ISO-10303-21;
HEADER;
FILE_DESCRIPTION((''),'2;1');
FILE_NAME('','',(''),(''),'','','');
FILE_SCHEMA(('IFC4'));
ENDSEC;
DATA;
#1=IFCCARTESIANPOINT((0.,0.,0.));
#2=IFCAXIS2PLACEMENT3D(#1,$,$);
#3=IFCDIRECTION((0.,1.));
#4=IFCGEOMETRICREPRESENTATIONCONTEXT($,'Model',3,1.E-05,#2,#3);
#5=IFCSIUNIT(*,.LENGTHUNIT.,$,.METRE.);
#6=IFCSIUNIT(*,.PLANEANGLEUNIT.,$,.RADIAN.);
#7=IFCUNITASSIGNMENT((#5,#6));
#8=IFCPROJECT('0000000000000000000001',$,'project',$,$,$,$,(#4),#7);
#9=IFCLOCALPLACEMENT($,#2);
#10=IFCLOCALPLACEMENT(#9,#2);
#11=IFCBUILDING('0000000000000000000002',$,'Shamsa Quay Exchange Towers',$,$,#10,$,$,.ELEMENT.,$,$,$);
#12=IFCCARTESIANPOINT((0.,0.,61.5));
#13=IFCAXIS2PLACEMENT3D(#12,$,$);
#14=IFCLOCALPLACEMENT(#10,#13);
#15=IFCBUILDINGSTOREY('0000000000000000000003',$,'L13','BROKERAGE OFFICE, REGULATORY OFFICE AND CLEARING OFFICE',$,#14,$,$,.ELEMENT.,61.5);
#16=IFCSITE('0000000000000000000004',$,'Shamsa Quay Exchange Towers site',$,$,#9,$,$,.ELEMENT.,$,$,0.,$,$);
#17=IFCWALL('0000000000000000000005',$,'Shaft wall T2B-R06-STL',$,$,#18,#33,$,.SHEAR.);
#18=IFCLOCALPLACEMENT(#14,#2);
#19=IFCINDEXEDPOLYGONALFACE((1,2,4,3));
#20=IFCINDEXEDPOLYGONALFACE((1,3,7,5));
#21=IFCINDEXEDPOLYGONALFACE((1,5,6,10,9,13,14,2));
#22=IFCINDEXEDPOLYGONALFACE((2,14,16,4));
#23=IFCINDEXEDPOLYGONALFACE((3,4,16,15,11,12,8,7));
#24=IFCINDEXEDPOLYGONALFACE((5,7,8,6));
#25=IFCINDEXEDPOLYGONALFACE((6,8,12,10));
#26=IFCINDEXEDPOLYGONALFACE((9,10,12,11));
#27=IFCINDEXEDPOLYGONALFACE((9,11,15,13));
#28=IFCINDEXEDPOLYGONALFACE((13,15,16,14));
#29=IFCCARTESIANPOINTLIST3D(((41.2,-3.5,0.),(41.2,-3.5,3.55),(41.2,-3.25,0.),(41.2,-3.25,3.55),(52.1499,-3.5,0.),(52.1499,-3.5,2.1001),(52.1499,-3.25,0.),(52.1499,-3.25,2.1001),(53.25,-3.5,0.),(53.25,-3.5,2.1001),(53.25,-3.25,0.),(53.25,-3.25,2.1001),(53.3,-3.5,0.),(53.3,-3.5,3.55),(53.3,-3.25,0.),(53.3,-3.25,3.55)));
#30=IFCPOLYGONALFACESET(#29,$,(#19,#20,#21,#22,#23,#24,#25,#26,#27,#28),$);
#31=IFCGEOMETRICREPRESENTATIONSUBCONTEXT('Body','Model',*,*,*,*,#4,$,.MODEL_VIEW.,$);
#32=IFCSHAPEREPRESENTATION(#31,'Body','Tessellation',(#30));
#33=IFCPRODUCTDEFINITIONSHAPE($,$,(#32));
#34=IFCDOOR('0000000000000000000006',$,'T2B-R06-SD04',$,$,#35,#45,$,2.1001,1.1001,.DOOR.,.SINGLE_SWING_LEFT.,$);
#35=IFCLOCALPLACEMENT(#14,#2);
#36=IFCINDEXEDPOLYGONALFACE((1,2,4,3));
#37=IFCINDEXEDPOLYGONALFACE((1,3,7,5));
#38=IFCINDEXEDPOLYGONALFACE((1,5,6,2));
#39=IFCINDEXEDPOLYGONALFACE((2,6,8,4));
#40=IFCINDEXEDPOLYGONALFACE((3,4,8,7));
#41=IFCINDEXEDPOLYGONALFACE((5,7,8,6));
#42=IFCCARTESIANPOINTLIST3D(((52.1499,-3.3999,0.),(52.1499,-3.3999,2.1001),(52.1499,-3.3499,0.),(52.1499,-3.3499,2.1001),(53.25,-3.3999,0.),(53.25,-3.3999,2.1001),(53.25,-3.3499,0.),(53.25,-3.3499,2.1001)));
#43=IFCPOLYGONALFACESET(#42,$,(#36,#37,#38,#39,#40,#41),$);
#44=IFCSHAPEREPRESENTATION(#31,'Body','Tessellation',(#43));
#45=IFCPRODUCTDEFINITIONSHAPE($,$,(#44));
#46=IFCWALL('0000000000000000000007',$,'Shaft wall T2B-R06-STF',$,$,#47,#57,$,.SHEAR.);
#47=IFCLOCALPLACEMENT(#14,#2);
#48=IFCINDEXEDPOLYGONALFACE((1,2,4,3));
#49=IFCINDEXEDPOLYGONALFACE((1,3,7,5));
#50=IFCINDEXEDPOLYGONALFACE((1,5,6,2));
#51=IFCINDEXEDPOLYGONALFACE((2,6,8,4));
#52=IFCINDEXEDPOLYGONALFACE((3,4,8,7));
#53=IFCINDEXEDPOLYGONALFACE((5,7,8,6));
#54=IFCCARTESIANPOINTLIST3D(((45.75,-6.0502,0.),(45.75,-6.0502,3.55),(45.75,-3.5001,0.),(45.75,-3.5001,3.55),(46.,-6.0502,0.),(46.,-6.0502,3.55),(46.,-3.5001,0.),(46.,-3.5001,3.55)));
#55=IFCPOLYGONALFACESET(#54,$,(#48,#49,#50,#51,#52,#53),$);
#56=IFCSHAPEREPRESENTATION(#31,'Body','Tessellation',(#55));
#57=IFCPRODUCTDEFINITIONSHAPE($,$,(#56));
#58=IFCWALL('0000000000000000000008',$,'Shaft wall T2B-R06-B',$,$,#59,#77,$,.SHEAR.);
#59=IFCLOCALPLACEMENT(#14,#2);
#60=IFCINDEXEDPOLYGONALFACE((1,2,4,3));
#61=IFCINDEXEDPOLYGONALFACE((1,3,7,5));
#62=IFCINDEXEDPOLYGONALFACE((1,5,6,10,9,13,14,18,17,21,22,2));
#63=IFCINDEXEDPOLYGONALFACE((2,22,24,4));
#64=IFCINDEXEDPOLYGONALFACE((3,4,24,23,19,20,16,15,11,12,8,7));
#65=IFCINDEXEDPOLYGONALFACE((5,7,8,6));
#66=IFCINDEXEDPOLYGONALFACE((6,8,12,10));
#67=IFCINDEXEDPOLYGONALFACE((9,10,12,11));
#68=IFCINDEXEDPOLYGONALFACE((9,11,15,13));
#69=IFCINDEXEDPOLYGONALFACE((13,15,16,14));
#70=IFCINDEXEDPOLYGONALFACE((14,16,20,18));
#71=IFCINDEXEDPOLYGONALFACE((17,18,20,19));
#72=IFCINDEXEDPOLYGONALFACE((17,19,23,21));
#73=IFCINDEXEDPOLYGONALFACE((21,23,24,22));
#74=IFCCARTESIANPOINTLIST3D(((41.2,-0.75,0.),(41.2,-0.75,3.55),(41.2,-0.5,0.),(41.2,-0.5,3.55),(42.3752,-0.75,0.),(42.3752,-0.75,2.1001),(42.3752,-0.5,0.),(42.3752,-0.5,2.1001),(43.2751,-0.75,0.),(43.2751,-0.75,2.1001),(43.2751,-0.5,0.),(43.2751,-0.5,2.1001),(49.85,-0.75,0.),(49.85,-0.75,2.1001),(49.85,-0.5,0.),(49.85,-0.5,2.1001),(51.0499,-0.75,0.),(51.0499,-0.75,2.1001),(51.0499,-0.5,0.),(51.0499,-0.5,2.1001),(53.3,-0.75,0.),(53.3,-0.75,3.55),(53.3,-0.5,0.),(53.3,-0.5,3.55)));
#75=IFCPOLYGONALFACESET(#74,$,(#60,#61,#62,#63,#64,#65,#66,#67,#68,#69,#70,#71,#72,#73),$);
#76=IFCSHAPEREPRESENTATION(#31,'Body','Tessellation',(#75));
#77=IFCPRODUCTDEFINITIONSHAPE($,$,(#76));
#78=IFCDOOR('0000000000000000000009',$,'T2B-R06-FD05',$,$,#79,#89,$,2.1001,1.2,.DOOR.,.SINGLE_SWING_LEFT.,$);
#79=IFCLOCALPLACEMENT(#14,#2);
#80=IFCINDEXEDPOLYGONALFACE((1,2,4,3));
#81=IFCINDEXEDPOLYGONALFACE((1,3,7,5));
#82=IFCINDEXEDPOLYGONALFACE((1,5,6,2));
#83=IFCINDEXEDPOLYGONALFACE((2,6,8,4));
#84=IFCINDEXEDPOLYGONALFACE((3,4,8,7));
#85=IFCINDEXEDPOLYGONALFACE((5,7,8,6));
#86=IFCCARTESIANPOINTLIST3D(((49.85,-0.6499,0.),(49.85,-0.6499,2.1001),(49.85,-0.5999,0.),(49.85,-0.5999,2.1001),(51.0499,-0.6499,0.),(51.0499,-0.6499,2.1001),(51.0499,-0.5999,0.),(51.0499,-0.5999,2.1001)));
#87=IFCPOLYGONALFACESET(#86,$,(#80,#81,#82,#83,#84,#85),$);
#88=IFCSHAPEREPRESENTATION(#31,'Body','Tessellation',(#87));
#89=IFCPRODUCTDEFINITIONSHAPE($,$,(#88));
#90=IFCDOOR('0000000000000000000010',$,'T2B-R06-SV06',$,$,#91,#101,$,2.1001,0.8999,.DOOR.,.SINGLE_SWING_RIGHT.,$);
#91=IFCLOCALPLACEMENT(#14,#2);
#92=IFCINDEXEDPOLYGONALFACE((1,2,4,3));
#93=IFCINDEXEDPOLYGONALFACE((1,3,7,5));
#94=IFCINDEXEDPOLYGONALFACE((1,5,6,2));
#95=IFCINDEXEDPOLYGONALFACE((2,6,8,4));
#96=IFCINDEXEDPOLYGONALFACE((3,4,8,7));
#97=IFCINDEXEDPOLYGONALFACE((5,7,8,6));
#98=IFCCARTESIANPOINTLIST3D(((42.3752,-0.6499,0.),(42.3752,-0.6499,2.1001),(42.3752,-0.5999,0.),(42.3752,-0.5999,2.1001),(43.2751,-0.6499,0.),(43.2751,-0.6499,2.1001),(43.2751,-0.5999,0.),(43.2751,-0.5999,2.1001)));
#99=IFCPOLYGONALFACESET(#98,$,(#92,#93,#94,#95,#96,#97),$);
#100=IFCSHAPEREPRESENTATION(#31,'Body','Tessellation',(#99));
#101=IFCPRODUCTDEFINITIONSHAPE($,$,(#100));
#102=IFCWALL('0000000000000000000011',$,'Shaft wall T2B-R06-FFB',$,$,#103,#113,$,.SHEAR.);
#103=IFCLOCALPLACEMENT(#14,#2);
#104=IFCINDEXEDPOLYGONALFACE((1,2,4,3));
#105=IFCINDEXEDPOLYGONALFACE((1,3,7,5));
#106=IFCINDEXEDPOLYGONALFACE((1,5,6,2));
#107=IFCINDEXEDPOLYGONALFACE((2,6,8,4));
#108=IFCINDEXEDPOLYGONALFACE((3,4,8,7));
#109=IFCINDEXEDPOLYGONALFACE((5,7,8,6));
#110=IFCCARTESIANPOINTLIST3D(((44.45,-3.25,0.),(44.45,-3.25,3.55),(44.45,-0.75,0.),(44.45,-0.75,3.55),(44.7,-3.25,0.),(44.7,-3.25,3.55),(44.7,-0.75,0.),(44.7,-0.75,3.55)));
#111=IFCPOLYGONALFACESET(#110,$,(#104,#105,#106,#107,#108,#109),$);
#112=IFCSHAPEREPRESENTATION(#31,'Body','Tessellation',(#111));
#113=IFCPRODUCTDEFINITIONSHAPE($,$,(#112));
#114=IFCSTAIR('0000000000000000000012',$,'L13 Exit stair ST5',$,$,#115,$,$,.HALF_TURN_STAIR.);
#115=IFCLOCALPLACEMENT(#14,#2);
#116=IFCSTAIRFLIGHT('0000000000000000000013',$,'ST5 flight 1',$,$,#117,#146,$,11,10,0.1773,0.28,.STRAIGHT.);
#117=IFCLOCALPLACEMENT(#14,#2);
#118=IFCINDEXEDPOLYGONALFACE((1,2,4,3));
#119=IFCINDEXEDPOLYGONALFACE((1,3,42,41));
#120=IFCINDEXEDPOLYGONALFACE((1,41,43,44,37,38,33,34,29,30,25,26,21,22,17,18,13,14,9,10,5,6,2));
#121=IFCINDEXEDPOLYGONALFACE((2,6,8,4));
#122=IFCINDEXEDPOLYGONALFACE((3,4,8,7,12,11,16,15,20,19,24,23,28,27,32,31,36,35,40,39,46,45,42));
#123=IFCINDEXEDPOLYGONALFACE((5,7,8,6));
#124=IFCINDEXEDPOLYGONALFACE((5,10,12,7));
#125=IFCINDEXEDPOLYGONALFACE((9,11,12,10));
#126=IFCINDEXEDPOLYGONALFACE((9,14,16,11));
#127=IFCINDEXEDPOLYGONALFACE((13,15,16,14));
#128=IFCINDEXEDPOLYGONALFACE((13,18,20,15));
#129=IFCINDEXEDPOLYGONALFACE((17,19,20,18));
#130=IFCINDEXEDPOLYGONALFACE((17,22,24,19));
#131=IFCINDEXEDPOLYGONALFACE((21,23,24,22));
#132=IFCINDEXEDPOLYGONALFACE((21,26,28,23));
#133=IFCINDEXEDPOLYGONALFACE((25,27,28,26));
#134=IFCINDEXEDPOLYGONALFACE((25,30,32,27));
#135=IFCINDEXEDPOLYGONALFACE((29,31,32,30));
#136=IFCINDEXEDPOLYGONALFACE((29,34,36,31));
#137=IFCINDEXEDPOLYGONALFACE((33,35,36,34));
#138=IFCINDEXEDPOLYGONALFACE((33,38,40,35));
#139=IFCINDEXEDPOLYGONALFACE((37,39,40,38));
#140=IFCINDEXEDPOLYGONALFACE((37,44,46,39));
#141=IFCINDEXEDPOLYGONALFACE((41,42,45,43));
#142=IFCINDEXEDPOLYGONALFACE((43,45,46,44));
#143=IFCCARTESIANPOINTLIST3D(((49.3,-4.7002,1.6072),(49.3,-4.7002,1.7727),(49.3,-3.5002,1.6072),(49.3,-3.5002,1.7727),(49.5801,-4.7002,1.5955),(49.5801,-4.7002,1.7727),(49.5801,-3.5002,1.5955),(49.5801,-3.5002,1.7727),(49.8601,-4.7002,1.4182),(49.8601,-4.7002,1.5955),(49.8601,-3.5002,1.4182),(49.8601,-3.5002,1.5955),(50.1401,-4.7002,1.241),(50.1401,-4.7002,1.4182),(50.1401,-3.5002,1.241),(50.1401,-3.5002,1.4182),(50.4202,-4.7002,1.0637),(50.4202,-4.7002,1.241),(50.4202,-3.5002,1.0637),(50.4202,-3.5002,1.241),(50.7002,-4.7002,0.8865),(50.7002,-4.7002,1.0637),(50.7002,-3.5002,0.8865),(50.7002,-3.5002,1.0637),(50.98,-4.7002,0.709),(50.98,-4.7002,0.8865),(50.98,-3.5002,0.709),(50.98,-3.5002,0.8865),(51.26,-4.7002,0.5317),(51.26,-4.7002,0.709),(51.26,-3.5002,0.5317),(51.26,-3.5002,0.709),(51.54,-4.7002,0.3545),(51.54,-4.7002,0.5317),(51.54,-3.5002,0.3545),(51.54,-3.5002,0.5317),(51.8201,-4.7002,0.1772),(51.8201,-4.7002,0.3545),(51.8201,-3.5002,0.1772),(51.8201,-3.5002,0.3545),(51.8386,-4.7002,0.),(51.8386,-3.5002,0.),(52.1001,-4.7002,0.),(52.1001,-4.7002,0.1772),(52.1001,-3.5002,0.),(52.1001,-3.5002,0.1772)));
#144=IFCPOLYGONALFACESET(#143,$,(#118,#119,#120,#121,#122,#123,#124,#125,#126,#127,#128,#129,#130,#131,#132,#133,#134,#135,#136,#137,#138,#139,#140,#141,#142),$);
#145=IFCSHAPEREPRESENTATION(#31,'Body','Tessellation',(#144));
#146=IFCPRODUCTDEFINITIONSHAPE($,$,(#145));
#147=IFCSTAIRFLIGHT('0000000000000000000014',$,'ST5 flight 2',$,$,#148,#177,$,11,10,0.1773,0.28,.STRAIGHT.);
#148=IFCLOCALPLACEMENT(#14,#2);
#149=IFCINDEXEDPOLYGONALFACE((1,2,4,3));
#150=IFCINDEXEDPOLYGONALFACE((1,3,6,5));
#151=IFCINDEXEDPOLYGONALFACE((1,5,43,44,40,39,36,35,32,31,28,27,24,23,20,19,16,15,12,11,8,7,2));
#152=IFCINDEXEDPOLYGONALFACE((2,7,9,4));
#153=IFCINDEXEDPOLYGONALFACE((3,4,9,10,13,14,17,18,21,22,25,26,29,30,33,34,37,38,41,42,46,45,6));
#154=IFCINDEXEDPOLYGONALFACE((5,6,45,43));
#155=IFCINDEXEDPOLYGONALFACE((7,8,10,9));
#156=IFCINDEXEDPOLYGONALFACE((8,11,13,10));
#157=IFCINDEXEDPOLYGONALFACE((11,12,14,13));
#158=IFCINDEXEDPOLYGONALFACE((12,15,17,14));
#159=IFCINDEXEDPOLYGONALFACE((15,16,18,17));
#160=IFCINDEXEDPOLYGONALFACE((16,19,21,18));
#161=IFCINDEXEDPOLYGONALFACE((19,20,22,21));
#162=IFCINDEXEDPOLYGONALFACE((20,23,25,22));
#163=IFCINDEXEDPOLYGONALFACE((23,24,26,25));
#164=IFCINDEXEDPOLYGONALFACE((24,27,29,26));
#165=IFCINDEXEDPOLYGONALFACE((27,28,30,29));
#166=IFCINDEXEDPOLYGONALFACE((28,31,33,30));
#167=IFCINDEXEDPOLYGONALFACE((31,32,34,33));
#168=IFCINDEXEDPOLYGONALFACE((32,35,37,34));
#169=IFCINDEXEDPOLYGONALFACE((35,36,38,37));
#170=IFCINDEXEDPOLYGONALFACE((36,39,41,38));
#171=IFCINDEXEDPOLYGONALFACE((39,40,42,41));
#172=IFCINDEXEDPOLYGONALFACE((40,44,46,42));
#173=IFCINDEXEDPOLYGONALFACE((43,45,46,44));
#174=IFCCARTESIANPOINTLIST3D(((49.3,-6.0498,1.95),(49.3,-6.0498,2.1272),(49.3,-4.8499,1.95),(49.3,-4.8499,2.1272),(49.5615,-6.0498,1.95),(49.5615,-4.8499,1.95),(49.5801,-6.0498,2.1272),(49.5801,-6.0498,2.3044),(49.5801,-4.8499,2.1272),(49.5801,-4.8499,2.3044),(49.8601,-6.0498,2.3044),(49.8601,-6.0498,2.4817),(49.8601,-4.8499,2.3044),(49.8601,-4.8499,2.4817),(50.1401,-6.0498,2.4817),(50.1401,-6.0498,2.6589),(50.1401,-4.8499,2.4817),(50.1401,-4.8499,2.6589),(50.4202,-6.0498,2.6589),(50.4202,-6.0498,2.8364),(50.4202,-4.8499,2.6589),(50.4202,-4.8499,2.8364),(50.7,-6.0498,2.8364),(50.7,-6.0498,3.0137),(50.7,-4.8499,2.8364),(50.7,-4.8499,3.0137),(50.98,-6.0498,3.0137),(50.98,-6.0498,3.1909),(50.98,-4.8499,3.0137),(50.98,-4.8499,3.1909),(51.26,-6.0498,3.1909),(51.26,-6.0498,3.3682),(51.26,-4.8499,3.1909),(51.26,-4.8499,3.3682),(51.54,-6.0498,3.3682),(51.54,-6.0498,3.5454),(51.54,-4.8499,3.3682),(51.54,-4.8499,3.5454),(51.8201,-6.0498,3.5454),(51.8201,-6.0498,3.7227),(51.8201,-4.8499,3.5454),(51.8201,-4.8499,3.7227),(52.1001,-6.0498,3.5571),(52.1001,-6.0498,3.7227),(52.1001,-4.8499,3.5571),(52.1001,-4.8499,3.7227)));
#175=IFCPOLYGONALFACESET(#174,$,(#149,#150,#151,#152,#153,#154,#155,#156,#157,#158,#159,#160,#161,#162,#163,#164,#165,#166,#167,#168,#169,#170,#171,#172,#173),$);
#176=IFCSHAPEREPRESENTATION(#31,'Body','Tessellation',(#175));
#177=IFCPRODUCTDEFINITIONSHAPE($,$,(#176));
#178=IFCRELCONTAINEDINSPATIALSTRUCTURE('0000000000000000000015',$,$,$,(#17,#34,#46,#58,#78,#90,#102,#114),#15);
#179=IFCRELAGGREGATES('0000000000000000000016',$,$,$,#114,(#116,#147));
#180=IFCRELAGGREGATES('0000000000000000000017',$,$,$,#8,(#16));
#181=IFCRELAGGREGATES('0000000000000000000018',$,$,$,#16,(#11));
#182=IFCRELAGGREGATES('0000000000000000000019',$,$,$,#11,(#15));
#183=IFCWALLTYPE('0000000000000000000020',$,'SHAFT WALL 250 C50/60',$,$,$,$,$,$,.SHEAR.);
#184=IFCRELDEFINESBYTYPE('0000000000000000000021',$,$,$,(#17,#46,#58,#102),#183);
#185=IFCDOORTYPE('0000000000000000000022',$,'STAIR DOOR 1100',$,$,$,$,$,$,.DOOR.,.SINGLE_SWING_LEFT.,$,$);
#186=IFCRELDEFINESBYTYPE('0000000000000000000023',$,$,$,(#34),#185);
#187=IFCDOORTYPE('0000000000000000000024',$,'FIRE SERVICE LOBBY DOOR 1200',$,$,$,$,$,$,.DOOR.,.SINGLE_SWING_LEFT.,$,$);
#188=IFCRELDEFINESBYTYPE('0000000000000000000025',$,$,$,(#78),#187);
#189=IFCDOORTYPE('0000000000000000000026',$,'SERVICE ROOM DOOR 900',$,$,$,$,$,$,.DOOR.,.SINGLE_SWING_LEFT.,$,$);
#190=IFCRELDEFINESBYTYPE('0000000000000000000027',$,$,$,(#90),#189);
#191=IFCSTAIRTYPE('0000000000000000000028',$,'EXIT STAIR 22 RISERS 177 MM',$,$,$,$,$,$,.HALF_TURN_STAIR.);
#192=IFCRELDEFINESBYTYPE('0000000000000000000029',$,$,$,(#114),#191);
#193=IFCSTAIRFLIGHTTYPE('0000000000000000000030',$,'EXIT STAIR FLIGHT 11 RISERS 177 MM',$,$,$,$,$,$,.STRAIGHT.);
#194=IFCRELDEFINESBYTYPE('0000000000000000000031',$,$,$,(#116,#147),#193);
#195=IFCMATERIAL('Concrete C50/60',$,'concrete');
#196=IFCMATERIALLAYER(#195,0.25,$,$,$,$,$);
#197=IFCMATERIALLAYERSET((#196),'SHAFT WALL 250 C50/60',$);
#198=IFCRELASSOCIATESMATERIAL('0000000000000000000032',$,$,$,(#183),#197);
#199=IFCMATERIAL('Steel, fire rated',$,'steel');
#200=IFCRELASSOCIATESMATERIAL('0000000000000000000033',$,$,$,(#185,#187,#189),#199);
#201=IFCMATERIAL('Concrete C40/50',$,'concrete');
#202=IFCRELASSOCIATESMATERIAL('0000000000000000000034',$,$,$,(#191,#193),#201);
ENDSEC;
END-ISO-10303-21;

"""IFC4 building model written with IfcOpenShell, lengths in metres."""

from ifc_helpers import new_model, si_unit, direction, frame, frame_2d, origin, place, context, subcontext, project, spatial, polyline, rectangle, outline, extrude, material, layer, layer_set, type_object, element, fill, aggregate, save


model = new_model("IFC4")

# Units and contexts
model_context = context("Model", 3, precision=1e-05, world=origin(), true_north=direction((0.0, 1.0)))
body_context = subcontext(model_context, "Body", "Model", "MODEL_VIEW")
ifc_project = project(units=[si_unit("LENGTHUNIT", "METRE"), si_unit("PLANEANGLEUNIT", "RADIAN")], contexts=[model_context])

# Site, building, storey
site_placement = place(None, origin())
site = spatial("IfcSite", under=ifc_project, at=site_placement, Name="Shamsa Quay Exchange Towers site", CompositionType="ELEMENT", RefElevation=0.0)
building_placement = place(site_placement, origin())
building = spatial("IfcBuilding", under=site, at=building_placement, Name="Shamsa Quay Exchange Towers", CompositionType="ELEMENT")
storey_placement = place(building_placement, frame((0.0, 0.0, 61.5)))
storey = spatial("IfcBuildingStorey", under=building, at=storey_placement, Name="L13", Description="BROKERAGE OFFICE, REGULATORY OFFICE AND CLEARING OFFICE", CompositionType="ELEMENT", Elevation=61.5)

# Shared definitions
ifc_material_1 = material(Name="Steel, fire rated", Category="steel")

# Wall, opening, door
ifc_material_2 = material(Name="Concrete C50/60", Category="concrete")
ifc_layer_1 = layer(ifc_material_2, 0.25)
ifc_layer_set_1 = layer_set([ifc_layer_1], Name="SHAFT WALL 250 C50/60")
wall_type_1 = type_object("IfcWallType", Name="SHAFT WALL 250 C50/60", PredefinedType="SHEAR", material=ifc_layer_set_1)
wall_1_placement = place(storey_placement, frame((53.3, -3.375, 0.0), z_axis=(0.0, 0.0, 1.0), x_axis=(-1.0, 0.0, 0.0)))
wall_1 = element("IfcWall", 1, at=wall_1_placement, inside=storey, type_object=wall_type_1, Name="Shaft wall T2B-R06-STL", PredefinedType="SHEAR", context=body_context, shape_type="SweptSolid", body=[
    extrude(rectangle(XDim=12.1001, YDim=0.25, at=frame_2d((6.05, 0.0))), origin(), (0.0, 0.0, 1.0), 3.55),
])
opening_1_placement = place(wall_1_placement, frame((0.05, 0.0, 0.0)))
opening_1 = element("IfcOpeningElement", 2, at=opening_1_placement, cuts=wall_1, PredefinedType="OPENING", context=body_context, shape_type="SweptSolid", body=[
    extrude(rectangle(XDim=1.1001, YDim=2.1001, at=frame_2d((0.55, 1.05))), frame((0.0, 0.135, 0.0), z_axis=(0.0, -1.0, 0.0), x_axis=(1.0, 0.0, 0.0)), (0.0, 0.0, 1.0), 0.27),
])
door_type_1 = type_object("IfcDoorType", Name="STAIR DOOR 1100", OperationType="SINGLE_SWING_LEFT", PredefinedType="DOOR", material=ifc_material_1)
door_1_placement = place(opening_1_placement, origin())
door_1 = element("IfcDoor", 3, at=door_1_placement, inside=storey, type_object=door_type_1, Name="T2B-R06-SD04", OperationType="SINGLE_SWING_LEFT", OverallHeight=2.1001, OverallWidth=1.1001, PredefinedType="DOOR", context=body_context, shape_type="SweptSolid", body=[
    extrude(rectangle(XDim=1.1001, YDim=2.1001, at=frame_2d((0.55, 1.05))), frame((0.0, 0.0249, 0.0), z_axis=(0.0, -1.0, 0.0), x_axis=(1.0, 0.0, 0.0)), (0.0, 0.0, 1.0), 0.05),
])
fill(opening_1, door_1)

# Wall
wall_2_placement = place(storey_placement, frame((45.875, -6.05, 0.0), z_axis=(0.0, 0.0, 1.0), x_axis=(0.0, 1.0, 0.0)))
element("IfcWall", 4, at=wall_2_placement, inside=storey, type_object=wall_type_1, Name="Shaft wall T2B-R06-STF", PredefinedType="SHEAR", context=body_context, shape_type="SweptSolid", body=[
    extrude(rectangle(XDim=2.55, YDim=0.25, at=frame_2d((1.2749, 0.0))), origin(), (0.0, 0.0, 1.0), 3.55),
])

# Wall, openings, doors
wall_3_placement = place(storey_placement, frame((53.3, -0.625, 0.0), z_axis=(0.0, 0.0, 1.0), x_axis=(-1.0, 0.0, 0.0)))
wall_3 = element("IfcWall", 5, at=wall_3_placement, inside=storey, type_object=wall_type_1, Name="Shaft wall T2B-R06-B", PredefinedType="SHEAR", context=body_context, shape_type="SweptSolid", body=[
    extrude(rectangle(XDim=12.1001, YDim=0.25, at=frame_2d((6.05, 0.0))), origin(), (0.0, 0.0, 1.0), 3.55),
])
opening_2_placement = place(wall_3_placement, frame((2.25, 0.0, 0.0)))
opening_2 = element("IfcOpeningElement", 6, at=opening_2_placement, cuts=wall_3, PredefinedType="OPENING", context=body_context, shape_type="SweptSolid", body=[
    extrude(rectangle(XDim=1.2, YDim=2.1001, at=frame_2d((0.6001, 1.05))), frame((0.0, 0.135, 0.0), z_axis=(0.0, -1.0, 0.0), x_axis=(1.0, 0.0, 0.0)), (0.0, 0.0, 1.0), 0.27),
])
opening_3_placement = place(wall_3_placement, frame((10.0249, 0.0, 0.0)))
opening_3 = element("IfcOpeningElement", 7, at=opening_3_placement, cuts=wall_3, PredefinedType="OPENING", context=body_context, shape_type="SweptSolid", body=[
    extrude(rectangle(XDim=0.8999, YDim=2.1001, at=frame_2d((0.45, 1.05))), frame((0.0, 0.135, 0.0), z_axis=(0.0, -1.0, 0.0), x_axis=(1.0, 0.0, 0.0)), (0.0, 0.0, 1.0), 0.27),
])
door_type_2 = type_object("IfcDoorType", Name="FIRE SERVICE LOBBY DOOR 1200", OperationType="SINGLE_SWING_LEFT", PredefinedType="DOOR", material=ifc_material_1)
door_2_placement = place(opening_2_placement, origin())
door_2 = element("IfcDoor", 8, at=door_2_placement, inside=storey, type_object=door_type_2, Name="T2B-R06-FD05", OperationType="SINGLE_SWING_LEFT", OverallHeight=2.1001, OverallWidth=1.2, PredefinedType="DOOR", context=body_context, shape_type="SweptSolid", body=[
    extrude(rectangle(XDim=1.2, YDim=2.1001, at=frame_2d((0.6001, 1.05))), frame((0.0, 0.0249, 0.0), z_axis=(0.0, -1.0, 0.0), x_axis=(1.0, 0.0, 0.0)), (0.0, 0.0, 1.0), 0.05),
])
fill(opening_2, door_2)
door_type_3 = type_object("IfcDoorType", Name="SERVICE ROOM DOOR 900", OperationType="SINGLE_SWING_LEFT", PredefinedType="DOOR", material=ifc_material_1)
door_3_placement = place(opening_3_placement, origin())
door_3 = element("IfcDoor", 9, at=door_3_placement, inside=storey, type_object=door_type_3, Name="T2B-R06-SV06", OperationType="SINGLE_SWING_RIGHT", OverallHeight=2.1001, OverallWidth=0.8999, PredefinedType="DOOR", context=body_context, shape_type="SweptSolid", body=[
    extrude(rectangle(XDim=0.8999, YDim=2.1001, at=frame_2d((0.45, 1.05))), frame((0.0, 0.0249, 0.0), z_axis=(0.0, -1.0, 0.0), x_axis=(1.0, 0.0, 0.0)), (0.0, 0.0, 1.0), 0.05),
])
fill(opening_3, door_3)

# Wall
wall_4_placement = place(storey_placement, frame((44.575, -3.25, 0.0), z_axis=(0.0, 0.0, 1.0), x_axis=(0.0, 1.0, 0.0)))
element("IfcWall", 10, at=wall_4_placement, inside=storey, type_object=wall_type_1, Name="Shaft wall T2B-R06-FFB", PredefinedType="SHEAR", context=body_context, shape_type="SweptSolid", body=[
    extrude(rectangle(XDim=2.5, YDim=0.25, at=frame_2d((1.25, 0.0))), origin(), (0.0, 0.0, 1.0), 3.55),
])

# Stair, stair flights
ifc_material_3 = material(Name="Concrete C40/50", Category="concrete")
stair_type = type_object("IfcStairType", Name="EXIT STAIR 22 RISERS 177 MM", PredefinedType="HALF_TURN_STAIR", material=ifc_material_3)
stair_placement = place(storey_placement, origin())
stair = element("IfcStair", 11, at=stair_placement, inside=storey, type_object=stair_type, Name="L13 Exit stair ST5", PredefinedType="HALF_TURN_STAIR")
stair_flight_type = type_object("IfcStairFlightType", Name="EXIT STAIR FLIGHT 11 RISERS 177 MM", PredefinedType="STRAIGHT", material=ifc_material_3)
stair_flight_1_placement = place(storey_placement, frame((52.1001, -4.1001, 0.0), z_axis=(0.0, 0.0, 1.0), x_axis=(-1.0, 0.0, 0.0)))
stair_flight_1 = element("IfcStairFlight", 12, at=stair_flight_1_placement, type_object=stair_flight_type, Name="ST5 flight 1", NumberOfRisers=11, NumberOfTreads=10, PredefinedType="STRAIGHT", RiserHeight=0.1773, TreadLength=0.28, context=body_context, shape_type="SweptSolid", body=[
    extrude(outline(polyline([(0.0, 0.0), (0.0, 0.1772), (0.28, 0.1772), (0.28, 0.3545), (0.5601, 0.3545), (0.5601, 0.5317), (0.8401, 0.5317), (0.8401, 0.709), (1.1201, 0.709), (1.1201, 0.8865), (1.3999, 0.8865), (1.3999, 1.0637), (1.6799, 1.0637), (1.6799, 1.241), (1.96, 1.241), (1.96, 1.4182), (2.24, 1.4182), (2.24, 1.5955), (2.52, 1.5955), (2.52, 1.7727), (2.8, 1.7727), (2.8, 1.95), (2.8, 1.6072), (0.2615, 0.0), (0.0, 0.0)])), frame((0.0, 0.6001, 0.0), z_axis=(0.0, -1.0, 0.0), x_axis=(1.0, 0.0, 0.0)), (0.0, 0.0, 1.0), 1.2),
])
stair_flight_2_placement = place(storey_placement, frame((49.3, -5.45, 1.95)))
stair_flight_2 = element("IfcStairFlight", 13, at=stair_flight_2_placement, type_object=stair_flight_type, Name="ST5 flight 2", NumberOfRisers=11, NumberOfTreads=10, PredefinedType="STRAIGHT", RiserHeight=0.1773, TreadLength=0.28, context=body_context, shape_type="SweptSolid", body=[
    extrude(outline(polyline([(0.0, 0.0), (0.0, 0.1772), (0.28, 0.1772), (0.28, 0.3545), (0.5601, 0.3545), (0.5601, 0.5317), (0.8401, 0.5317), (0.8401, 0.709), (1.1201, 0.709), (1.1201, 0.8865), (1.3999, 0.8865), (1.3999, 1.0637), (1.6799, 1.0637), (1.6799, 1.241), (1.96, 1.241), (1.96, 1.4182), (2.24, 1.4182), (2.24, 1.5955), (2.52, 1.5955), (2.52, 1.7727), (2.8, 1.7727), (2.8, 1.95), (2.8, 1.6072), (0.2615, 0.0), (0.0, 0.0)])), frame((0.0, 0.6001, 0.0), z_axis=(0.0, -1.0, 0.0), x_axis=(1.0, 0.0, 0.0)), (0.0, 0.0, 1.0), 1.2),
])
aggregate(stair, [stair_flight_1, stair_flight_2])

save(model, "model.ifc")
